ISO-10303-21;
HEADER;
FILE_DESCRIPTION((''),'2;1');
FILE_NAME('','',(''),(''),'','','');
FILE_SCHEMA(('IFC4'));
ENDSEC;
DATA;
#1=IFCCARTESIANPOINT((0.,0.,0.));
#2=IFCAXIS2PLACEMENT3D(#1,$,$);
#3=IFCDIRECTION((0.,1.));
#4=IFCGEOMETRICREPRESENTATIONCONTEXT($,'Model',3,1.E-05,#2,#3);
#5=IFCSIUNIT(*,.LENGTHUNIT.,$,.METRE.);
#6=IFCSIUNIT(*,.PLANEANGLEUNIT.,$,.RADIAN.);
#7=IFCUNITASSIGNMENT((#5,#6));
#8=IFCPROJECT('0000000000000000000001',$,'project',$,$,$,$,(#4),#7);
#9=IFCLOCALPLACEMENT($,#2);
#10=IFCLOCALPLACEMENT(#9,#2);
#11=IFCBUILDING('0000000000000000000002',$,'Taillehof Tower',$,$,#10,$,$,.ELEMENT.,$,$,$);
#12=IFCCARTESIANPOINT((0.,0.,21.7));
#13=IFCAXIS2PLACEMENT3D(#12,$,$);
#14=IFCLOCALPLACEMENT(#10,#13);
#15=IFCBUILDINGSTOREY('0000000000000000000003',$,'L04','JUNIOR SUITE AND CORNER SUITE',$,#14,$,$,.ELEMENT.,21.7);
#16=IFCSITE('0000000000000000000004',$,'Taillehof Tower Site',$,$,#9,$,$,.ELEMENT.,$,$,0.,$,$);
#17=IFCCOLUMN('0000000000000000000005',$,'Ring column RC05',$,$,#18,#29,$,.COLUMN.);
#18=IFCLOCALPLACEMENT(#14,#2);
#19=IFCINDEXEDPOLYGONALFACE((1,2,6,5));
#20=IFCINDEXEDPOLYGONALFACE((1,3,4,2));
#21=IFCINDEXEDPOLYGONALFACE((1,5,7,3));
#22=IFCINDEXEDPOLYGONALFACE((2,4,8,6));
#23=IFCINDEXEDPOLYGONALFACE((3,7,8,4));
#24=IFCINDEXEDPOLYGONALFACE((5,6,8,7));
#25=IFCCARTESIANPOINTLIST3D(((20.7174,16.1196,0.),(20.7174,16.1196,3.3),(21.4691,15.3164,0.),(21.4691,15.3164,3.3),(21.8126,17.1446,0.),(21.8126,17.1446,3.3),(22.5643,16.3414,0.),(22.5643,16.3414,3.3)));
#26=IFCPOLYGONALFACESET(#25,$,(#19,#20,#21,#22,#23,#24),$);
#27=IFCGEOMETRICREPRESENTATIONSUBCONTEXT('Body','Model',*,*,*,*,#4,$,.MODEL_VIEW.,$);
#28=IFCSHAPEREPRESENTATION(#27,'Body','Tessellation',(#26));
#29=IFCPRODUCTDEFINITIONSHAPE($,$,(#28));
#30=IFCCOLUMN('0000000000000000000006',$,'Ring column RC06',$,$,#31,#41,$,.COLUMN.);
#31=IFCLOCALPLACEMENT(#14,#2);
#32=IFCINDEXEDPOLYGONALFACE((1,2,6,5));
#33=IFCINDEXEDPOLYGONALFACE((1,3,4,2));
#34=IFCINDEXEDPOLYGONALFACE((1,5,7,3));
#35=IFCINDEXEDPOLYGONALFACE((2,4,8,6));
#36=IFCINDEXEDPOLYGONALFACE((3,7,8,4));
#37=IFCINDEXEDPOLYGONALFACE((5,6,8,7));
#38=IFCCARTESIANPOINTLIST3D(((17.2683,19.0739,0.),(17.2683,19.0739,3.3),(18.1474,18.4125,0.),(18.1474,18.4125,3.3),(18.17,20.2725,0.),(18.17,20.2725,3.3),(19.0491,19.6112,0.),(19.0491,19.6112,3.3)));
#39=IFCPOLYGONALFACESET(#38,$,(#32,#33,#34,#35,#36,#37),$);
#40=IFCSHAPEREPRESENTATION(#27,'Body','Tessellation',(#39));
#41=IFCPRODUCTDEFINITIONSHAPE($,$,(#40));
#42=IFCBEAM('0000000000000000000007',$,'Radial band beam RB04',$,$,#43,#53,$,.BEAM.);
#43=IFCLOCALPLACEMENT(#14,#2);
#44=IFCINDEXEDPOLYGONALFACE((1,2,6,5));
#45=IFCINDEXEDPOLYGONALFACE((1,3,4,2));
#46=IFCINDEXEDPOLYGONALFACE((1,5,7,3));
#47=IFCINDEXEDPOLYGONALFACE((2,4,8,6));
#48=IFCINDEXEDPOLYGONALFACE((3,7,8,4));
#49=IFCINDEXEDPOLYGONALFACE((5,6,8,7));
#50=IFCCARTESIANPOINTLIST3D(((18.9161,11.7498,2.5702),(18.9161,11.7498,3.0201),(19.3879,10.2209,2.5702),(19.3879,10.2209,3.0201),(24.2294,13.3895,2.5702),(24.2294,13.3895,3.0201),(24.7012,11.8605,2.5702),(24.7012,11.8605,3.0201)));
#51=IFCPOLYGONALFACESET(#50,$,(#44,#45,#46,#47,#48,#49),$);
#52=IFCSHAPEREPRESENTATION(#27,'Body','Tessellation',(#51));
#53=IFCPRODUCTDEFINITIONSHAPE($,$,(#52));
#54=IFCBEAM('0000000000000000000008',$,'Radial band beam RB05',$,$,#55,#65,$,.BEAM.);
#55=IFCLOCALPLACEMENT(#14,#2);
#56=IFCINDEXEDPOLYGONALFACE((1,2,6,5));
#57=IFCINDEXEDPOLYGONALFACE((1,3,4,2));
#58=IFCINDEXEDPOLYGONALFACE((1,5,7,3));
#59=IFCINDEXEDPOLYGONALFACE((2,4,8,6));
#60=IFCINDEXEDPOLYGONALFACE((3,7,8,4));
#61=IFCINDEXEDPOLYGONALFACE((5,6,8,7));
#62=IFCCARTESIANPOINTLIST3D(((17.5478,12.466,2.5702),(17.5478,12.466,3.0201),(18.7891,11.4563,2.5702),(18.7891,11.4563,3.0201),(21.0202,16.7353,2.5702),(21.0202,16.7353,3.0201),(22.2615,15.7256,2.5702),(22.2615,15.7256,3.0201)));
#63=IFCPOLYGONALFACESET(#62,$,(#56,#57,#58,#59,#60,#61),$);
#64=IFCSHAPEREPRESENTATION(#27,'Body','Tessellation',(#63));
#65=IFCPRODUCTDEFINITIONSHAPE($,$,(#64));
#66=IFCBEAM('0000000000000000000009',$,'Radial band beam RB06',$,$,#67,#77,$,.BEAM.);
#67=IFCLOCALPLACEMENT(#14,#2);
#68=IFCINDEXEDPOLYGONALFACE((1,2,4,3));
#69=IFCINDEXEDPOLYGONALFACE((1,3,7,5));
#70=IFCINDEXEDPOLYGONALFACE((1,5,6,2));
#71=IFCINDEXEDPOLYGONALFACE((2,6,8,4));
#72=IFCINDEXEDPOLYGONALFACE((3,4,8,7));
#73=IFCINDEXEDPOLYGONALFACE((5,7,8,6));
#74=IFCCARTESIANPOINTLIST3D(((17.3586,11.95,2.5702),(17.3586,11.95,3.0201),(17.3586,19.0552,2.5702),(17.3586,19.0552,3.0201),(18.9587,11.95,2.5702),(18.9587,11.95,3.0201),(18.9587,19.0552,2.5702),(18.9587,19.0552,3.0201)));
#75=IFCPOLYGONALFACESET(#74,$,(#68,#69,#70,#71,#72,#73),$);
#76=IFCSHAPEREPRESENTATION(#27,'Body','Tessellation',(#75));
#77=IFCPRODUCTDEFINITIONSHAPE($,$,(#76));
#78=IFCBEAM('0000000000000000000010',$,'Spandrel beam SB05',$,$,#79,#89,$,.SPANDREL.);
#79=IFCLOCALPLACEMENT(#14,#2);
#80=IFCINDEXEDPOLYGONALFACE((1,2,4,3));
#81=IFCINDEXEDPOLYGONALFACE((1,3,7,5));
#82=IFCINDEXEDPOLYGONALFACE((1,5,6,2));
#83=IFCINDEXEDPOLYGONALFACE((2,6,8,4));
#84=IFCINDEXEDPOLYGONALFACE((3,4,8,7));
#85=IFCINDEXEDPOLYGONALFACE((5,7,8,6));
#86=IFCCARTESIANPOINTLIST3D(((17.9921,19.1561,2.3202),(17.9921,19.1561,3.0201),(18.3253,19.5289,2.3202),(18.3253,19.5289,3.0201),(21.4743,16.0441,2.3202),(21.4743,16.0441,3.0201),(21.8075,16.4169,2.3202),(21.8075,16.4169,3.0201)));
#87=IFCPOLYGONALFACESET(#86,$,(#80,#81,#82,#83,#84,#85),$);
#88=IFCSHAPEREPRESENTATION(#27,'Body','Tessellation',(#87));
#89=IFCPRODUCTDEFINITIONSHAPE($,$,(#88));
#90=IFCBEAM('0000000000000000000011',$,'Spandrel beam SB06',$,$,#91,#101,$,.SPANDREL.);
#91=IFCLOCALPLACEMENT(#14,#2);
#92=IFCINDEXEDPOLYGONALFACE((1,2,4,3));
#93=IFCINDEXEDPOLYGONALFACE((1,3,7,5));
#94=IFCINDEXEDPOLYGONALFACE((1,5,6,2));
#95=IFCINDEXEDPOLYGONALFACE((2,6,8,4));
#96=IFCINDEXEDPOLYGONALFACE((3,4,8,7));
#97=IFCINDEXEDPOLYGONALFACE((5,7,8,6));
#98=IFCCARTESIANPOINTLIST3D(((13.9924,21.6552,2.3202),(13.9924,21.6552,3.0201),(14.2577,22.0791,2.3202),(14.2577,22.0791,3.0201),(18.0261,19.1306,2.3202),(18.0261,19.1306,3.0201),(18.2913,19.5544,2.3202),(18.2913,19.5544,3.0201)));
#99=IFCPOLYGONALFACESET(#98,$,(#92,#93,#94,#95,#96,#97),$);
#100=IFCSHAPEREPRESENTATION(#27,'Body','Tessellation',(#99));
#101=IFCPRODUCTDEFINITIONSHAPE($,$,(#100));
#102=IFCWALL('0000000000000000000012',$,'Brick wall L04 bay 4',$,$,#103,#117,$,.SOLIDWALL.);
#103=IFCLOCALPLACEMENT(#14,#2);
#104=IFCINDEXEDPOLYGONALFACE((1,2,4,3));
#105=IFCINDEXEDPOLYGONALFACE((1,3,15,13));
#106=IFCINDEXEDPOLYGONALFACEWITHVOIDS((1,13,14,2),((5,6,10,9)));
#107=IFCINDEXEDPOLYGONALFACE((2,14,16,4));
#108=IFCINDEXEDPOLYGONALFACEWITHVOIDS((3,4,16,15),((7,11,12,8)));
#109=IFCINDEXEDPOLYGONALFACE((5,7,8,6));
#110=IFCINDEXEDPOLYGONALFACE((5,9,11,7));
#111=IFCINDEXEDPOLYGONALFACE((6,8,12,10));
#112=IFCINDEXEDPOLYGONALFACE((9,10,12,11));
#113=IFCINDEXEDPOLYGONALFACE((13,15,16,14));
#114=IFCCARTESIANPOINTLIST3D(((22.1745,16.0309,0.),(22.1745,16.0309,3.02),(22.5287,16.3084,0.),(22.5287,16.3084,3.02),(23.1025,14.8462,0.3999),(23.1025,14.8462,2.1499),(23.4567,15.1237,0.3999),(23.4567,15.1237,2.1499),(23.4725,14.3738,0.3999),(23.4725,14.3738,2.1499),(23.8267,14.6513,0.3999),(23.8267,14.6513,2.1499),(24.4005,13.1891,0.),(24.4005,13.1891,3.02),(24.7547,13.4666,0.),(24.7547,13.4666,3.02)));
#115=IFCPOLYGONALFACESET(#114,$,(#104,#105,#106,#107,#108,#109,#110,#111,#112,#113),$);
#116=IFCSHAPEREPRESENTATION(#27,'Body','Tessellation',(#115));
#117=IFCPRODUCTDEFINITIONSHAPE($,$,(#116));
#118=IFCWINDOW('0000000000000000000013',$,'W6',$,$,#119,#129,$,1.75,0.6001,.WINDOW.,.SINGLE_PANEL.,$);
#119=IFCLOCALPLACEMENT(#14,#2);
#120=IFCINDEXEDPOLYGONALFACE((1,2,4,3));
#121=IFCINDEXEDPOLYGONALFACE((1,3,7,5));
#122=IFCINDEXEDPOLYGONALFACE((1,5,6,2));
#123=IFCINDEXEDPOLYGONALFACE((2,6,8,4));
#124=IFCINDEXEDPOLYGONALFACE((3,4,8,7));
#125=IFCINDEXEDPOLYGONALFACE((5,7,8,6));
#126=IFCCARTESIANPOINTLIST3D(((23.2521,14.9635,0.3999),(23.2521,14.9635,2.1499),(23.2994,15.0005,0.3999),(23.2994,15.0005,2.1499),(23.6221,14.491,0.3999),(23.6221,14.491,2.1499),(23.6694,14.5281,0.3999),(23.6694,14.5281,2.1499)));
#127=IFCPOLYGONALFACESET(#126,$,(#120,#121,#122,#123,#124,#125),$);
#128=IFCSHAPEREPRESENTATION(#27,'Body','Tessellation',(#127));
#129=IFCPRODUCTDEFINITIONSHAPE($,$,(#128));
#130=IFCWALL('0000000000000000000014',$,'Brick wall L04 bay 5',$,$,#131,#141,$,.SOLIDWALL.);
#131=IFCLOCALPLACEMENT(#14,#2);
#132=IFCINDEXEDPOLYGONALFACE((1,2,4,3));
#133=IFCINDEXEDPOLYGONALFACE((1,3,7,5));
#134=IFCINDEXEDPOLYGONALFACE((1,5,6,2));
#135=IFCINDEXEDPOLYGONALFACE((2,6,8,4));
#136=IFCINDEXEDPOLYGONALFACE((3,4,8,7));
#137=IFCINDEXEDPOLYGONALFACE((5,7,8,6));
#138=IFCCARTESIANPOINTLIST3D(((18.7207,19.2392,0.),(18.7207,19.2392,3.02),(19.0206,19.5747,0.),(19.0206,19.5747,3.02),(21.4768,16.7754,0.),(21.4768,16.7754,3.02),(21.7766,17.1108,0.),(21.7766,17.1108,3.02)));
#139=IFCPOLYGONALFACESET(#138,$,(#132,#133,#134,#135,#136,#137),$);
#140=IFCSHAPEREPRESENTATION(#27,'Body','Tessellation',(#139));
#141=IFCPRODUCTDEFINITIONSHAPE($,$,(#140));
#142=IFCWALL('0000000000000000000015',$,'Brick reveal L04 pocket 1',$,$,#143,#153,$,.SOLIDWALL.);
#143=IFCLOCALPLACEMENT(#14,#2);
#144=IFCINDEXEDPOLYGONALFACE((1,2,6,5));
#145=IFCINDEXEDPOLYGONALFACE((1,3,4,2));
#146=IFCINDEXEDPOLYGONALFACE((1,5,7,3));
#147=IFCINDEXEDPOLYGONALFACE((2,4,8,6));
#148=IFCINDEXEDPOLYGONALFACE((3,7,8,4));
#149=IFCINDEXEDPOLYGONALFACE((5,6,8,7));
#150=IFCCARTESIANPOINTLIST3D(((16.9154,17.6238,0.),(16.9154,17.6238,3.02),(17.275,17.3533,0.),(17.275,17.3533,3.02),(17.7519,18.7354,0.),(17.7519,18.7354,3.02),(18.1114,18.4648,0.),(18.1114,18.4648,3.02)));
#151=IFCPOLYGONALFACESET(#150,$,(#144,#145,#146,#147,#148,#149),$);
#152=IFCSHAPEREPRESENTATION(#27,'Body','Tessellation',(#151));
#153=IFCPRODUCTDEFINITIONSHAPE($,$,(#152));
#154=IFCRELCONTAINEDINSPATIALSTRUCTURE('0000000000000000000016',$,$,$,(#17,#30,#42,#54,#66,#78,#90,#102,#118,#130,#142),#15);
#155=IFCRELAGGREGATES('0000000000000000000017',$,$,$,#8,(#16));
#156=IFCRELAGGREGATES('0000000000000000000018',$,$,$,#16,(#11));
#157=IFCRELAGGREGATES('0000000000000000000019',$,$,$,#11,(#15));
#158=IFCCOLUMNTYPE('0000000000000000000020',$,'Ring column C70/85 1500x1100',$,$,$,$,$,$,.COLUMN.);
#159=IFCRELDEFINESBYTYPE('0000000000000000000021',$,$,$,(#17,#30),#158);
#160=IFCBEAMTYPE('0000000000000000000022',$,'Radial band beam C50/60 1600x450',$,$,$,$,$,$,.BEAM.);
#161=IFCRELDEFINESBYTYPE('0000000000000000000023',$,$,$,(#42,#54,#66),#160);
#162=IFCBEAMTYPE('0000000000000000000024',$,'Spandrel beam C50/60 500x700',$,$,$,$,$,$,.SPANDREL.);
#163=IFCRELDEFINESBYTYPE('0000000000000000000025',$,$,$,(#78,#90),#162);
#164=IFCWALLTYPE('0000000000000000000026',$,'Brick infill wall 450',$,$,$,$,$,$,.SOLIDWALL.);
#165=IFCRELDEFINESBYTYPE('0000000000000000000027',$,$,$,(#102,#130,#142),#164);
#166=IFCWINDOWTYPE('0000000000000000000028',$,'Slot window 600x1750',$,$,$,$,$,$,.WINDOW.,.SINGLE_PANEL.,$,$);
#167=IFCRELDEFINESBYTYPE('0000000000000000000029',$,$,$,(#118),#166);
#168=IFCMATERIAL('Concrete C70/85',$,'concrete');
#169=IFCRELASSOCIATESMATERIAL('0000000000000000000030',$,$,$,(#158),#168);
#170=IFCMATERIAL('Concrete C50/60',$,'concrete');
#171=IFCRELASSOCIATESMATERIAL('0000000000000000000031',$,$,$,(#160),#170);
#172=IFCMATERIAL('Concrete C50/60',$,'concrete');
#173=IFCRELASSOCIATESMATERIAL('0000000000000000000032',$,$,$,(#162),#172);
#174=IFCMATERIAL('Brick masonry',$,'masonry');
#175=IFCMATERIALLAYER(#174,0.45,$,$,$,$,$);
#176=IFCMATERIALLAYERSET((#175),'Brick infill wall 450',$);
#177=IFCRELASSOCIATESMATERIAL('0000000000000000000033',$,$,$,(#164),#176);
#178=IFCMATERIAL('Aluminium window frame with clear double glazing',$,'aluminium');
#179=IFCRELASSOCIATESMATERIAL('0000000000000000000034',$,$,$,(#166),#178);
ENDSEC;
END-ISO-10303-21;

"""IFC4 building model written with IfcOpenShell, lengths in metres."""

from ifc_helpers import new_model, si_unit, direction, frame, frame_2d, origin, origin_2d, place, context, subcontext, project, spatial, rectangle, extrude, material, layer, layer_set, material_profile, profile_set, type_object, element, fill, save


model = new_model("IFC4")

# Units and contexts
model_context = context("Model", 3, precision=1e-05, world=origin(), true_north=direction((0.0, 1.0)))
body_context = subcontext(model_context, "Body", "Model", "MODEL_VIEW")
ifc_project = project(units=[si_unit("LENGTHUNIT", "METRE"), si_unit("PLANEANGLEUNIT", "RADIAN")], contexts=[model_context])

# Site, building, storey
site_placement = place(None, origin())
site = spatial("IfcSite", under=ifc_project, at=site_placement, Name="Taillehof Tower Site", CompositionType="ELEMENT", RefElevation=0.0)
building_placement = place(site_placement, origin())
building = spatial("IfcBuilding", under=site, at=building_placement, Name="Taillehof Tower", CompositionType="ELEMENT")
storey_placement = place(building_placement, frame((0.0, 0.0, 21.7)))
storey = spatial("IfcBuildingStorey", under=building, at=storey_placement, Name="L04", Description="JUNIOR SUITE AND CORNER SUITE", CompositionType="ELEMENT", Elevation=21.7)

# Columns
ifc_material_1 = material(Name="Concrete C70/85", Category="concrete")
ifc_material_profile_1 = material_profile(ifc_material_1, rectangle(XDim=1.5, YDim=1.1001, at=origin_2d()), Name="RC 1500x1100")
ifc_profile_set_1 = profile_set([ifc_material_profile_1], Name="Concrete C70/85")
column_type = type_object("IfcColumnType", Name="Ring column C70/85 1500x1100", PredefinedType="COLUMN", material=ifc_profile_set_1)
for number, where, z_axis, x_axis, name in (
    (1, (21.6409, 16.2305, 0.0), (0.0, 0.0, 1.0), (0.730113, 0.683326, 0.0), "Ring column RC05"),
    (2, (18.1587, 19.3425, 0.0), (0.0, 0.0, 1.0), (0.601174, 0.799118, 0.0), "Ring column RC06"),
):
    element("IfcColumn", number, at=place(storey_placement, frame(where, z_axis=z_axis, x_axis=x_axis)), inside=storey, type_object=column_type, Name=name, PredefinedType="COLUMN", context=body_context, shape_type="SweptSolid", body=[
        extrude(rectangle(XDim=1.5, YDim=1.1001, at=origin_2d()), origin(), (0.0, 0.0, 1.0), 3.3),
    ])

# Beams
ifc_material_2 = material(Name="Concrete C50/60", Category="concrete")
ifc_material_profile_2 = material_profile(ifc_material_2, rectangle(XDim=1.6001, YDim=0.45, at=origin_2d()), Name="RC 1600x450")
ifc_profile_set_2 = profile_set([ifc_material_profile_2], Name="Concrete C50/60")
beam_type_1 = type_object("IfcBeamType", Name="Radial band beam C50/60 1600x450", PredefinedType="BEAM", material=ifc_profile_set_2)
beam_1_placement = place(storey_placement, frame((24.4653, 12.625, 2.7952), z_axis=(-0.955536, -0.294876, 0.0), x_axis=(0.294876, -0.955536, 0.0)))
element("IfcBeam", 3, at=beam_1_placement, inside=storey, type_object=beam_type_1, Name="Radial band beam RB04", PredefinedType="BEAM", context=body_context, shape_type="SweptSolid", body=[
    extrude(rectangle(XDim=1.6001, YDim=0.45, at=origin_2d()), origin(), (0.0, 0.0, 1.0), 5.5605),
])
beam_2_placement = place(storey_placement, frame((21.6409, 16.2305, 2.7952), z_axis=(-0.630988, -0.775792, 0.0), x_axis=(0.775792, -0.630988, 0.0)))
element("IfcBeam", 4, at=beam_2_placement, inside=storey, type_object=beam_type_1, Name="Radial band beam RB05", PredefinedType="BEAM", context=body_context, shape_type="SweptSolid", body=[
    extrude(rectangle(XDim=1.6001, YDim=0.45, at=origin_2d()), origin(), (0.0, 0.0, 1.0), 5.5032),
])
beam_3_placement = place(storey_placement, frame((18.1587, 19.0552, 2.7952), z_axis=(0.0, -1.0, 0.0), x_axis=(1.0, 0.0, 0.0)))
element("IfcBeam", 5, at=beam_3_placement, inside=storey, type_object=beam_type_1, Name="Radial band beam RB06", PredefinedType="BEAM", context=body_context, shape_type="SweptSolid", body=[
    extrude(rectangle(XDim=1.6001, YDim=0.45, at=origin_2d()), origin(), (0.0, 0.0, 1.0), 7.1052),
])
ifc_material_3 = material(Name="Concrete C50/60", Category="concrete")
ifc_material_profile_3 = material_profile(ifc_material_3, rectangle(XDim=0.5, YDim=0.7, at=origin_2d()), Name="RC 500x700")
ifc_profile_set_3 = profile_set([ifc_material_profile_3], Name="Concrete C50/60")
beam_type_2 = type_object("IfcBeamType", Name="Spandrel beam C50/60 500x700", PredefinedType="SPANDREL", material=ifc_profile_set_3)
beam_4_placement = place(storey_placement, frame((21.6409, 16.2305, 2.6702), z_axis=(-0.745621, 0.66637, 0.0), x_axis=(-0.66637, -0.745621, 0.0)))
element("IfcBeam", 6, at=beam_4_placement, inside=storey, type_object=beam_type_2, Name="Spandrel beam SB05", PredefinedType="SPANDREL", context=body_context, shape_type="SweptSolid", body=[
    extrude(rectangle(XDim=0.5, YDim=0.7, at=origin_2d()), origin(), (0.0, 0.0, 1.0), 4.6702),
])
beam_5_placement = place(storey_placement, frame((18.1587, 19.3425, 2.6702), z_axis=(-0.847658, 0.530543, 0.0), x_axis=(-0.530543, -0.847658, 0.0)))
element("IfcBeam", 7, at=beam_5_placement, inside=storey, type_object=beam_type_2, Name="Spandrel beam SB06", PredefinedType="SPANDREL", context=body_context, shape_type="SweptSolid", body=[
    extrude(rectangle(XDim=0.5, YDim=0.7, at=origin_2d()), origin(), (0.0, 0.0, 1.0), 4.7585),
])

# Wall, opening, window
ifc_material_4 = material(Name="Brick masonry", Category="masonry")
ifc_layer_1 = layer(ifc_material_4, 0.45)
ifc_layer_set_1 = layer_set([ifc_layer_1], Name="Brick infill wall 450")
wall_type_1 = type_object("IfcWallType", Name="Brick infill wall 450", PredefinedType="SOLIDWALL", material=ifc_layer_set_1)
wall_1_placement = place(storey_placement, frame((24.5776, 13.3279, 0.0), z_axis=(0.0, 0.0, 1.0), x_axis=(-0.616662, 0.787228, 0.0)))
wall_1 = element("IfcWall", 8, at=wall_1_placement, inside=storey, type_object=wall_type_1, Name="Brick wall L04 bay 4", PredefinedType="SOLIDWALL", context=body_context, shape_type="SweptSolid", body=[
    extrude(rectangle(XDim=3.6099, YDim=0.45, at=frame_2d((1.8049, 0.0))), origin(), (0.0, 0.0, 1.0), 3.02),
])
opening_1_placement = place(wall_1_placement, frame((1.5049, 0.0, 0.3999)))
opening_1 = element("IfcOpeningElement", 9, at=opening_1_placement, cuts=wall_1, PredefinedType="OPENING", context=body_context, shape_type="SweptSolid", body=[
    extrude(rectangle(XDim=0.6001, YDim=1.75, at=frame_2d((0.3, 0.875))), frame((0.0, 0.2349, 0.0), z_axis=(0.0, -1.0, 0.0), x_axis=(1.0, 0.0, 0.0)), (0.0, 0.0, 1.0), 0.47),
])
ifc_material_5 = material(Name="Aluminium window frame with clear double glazing", Category="aluminium")
window_type = type_object("IfcWindowType", Name="Slot window 600x1750", PartitioningType="SINGLE_PANEL", PredefinedType="WINDOW", material=ifc_material_5)
window_placement = place(opening_1_placement, origin())
window = element("IfcWindow", 10, at=window_placement, inside=storey, type_object=window_type, Name="W6", OverallHeight=1.75, OverallWidth=0.6001, PartitioningType="SINGLE_PANEL", PredefinedType="WINDOW", context=body_context, shape_type="SweptSolid", body=[
    extrude(rectangle(XDim=0.6001, YDim=1.75, at=frame_2d((0.3, 0.875))), frame((0.0, 0.0349, 0.0), z_axis=(0.0, -1.0, 0.0), x_axis=(1.0, 0.0, 0.0)), (0.0, 0.0, 1.0), 0.0601),
])
fill(opening_1, window)

# Walls
wall_2_placement = place(storey_placement, frame((21.6267, 16.9431, 0.0), z_axis=(0.0, 0.0, 1.0), x_axis=(-0.745526, 0.666476, 0.0)))
element("IfcWall", 11, at=wall_2_placement, inside=storey, type_object=wall_type_1, Name="Brick wall L04 bay 5", PredefinedType="SOLIDWALL", context=body_context, shape_type="SweptSolid", body=[
    extrude(rectangle(XDim=3.6968, YDim=0.45, at=frame_2d((1.8484, 0.0))), origin(), (0.0, 0.0, 1.0), 3.02),
])
wall_3_placement = place(storey_placement, frame((17.9316, 18.6001, 0.0), z_axis=(0.0, 0.0, 1.0), x_axis=(-0.601263, -0.799051, 0.0)))
element("IfcWall", 12, at=wall_3_placement, inside=storey, type_object=wall_type_1, Name="Brick reveal L04 pocket 1", PredefinedType="SOLIDWALL", context=body_context, shape_type="SweptSolid", body=[
    extrude(rectangle(XDim=1.3911, YDim=0.45, at=frame_2d((0.6956, 0.0))), origin(), (0.0, 0.0, 1.0), 3.02),
])

save(model, "model.ifc")
